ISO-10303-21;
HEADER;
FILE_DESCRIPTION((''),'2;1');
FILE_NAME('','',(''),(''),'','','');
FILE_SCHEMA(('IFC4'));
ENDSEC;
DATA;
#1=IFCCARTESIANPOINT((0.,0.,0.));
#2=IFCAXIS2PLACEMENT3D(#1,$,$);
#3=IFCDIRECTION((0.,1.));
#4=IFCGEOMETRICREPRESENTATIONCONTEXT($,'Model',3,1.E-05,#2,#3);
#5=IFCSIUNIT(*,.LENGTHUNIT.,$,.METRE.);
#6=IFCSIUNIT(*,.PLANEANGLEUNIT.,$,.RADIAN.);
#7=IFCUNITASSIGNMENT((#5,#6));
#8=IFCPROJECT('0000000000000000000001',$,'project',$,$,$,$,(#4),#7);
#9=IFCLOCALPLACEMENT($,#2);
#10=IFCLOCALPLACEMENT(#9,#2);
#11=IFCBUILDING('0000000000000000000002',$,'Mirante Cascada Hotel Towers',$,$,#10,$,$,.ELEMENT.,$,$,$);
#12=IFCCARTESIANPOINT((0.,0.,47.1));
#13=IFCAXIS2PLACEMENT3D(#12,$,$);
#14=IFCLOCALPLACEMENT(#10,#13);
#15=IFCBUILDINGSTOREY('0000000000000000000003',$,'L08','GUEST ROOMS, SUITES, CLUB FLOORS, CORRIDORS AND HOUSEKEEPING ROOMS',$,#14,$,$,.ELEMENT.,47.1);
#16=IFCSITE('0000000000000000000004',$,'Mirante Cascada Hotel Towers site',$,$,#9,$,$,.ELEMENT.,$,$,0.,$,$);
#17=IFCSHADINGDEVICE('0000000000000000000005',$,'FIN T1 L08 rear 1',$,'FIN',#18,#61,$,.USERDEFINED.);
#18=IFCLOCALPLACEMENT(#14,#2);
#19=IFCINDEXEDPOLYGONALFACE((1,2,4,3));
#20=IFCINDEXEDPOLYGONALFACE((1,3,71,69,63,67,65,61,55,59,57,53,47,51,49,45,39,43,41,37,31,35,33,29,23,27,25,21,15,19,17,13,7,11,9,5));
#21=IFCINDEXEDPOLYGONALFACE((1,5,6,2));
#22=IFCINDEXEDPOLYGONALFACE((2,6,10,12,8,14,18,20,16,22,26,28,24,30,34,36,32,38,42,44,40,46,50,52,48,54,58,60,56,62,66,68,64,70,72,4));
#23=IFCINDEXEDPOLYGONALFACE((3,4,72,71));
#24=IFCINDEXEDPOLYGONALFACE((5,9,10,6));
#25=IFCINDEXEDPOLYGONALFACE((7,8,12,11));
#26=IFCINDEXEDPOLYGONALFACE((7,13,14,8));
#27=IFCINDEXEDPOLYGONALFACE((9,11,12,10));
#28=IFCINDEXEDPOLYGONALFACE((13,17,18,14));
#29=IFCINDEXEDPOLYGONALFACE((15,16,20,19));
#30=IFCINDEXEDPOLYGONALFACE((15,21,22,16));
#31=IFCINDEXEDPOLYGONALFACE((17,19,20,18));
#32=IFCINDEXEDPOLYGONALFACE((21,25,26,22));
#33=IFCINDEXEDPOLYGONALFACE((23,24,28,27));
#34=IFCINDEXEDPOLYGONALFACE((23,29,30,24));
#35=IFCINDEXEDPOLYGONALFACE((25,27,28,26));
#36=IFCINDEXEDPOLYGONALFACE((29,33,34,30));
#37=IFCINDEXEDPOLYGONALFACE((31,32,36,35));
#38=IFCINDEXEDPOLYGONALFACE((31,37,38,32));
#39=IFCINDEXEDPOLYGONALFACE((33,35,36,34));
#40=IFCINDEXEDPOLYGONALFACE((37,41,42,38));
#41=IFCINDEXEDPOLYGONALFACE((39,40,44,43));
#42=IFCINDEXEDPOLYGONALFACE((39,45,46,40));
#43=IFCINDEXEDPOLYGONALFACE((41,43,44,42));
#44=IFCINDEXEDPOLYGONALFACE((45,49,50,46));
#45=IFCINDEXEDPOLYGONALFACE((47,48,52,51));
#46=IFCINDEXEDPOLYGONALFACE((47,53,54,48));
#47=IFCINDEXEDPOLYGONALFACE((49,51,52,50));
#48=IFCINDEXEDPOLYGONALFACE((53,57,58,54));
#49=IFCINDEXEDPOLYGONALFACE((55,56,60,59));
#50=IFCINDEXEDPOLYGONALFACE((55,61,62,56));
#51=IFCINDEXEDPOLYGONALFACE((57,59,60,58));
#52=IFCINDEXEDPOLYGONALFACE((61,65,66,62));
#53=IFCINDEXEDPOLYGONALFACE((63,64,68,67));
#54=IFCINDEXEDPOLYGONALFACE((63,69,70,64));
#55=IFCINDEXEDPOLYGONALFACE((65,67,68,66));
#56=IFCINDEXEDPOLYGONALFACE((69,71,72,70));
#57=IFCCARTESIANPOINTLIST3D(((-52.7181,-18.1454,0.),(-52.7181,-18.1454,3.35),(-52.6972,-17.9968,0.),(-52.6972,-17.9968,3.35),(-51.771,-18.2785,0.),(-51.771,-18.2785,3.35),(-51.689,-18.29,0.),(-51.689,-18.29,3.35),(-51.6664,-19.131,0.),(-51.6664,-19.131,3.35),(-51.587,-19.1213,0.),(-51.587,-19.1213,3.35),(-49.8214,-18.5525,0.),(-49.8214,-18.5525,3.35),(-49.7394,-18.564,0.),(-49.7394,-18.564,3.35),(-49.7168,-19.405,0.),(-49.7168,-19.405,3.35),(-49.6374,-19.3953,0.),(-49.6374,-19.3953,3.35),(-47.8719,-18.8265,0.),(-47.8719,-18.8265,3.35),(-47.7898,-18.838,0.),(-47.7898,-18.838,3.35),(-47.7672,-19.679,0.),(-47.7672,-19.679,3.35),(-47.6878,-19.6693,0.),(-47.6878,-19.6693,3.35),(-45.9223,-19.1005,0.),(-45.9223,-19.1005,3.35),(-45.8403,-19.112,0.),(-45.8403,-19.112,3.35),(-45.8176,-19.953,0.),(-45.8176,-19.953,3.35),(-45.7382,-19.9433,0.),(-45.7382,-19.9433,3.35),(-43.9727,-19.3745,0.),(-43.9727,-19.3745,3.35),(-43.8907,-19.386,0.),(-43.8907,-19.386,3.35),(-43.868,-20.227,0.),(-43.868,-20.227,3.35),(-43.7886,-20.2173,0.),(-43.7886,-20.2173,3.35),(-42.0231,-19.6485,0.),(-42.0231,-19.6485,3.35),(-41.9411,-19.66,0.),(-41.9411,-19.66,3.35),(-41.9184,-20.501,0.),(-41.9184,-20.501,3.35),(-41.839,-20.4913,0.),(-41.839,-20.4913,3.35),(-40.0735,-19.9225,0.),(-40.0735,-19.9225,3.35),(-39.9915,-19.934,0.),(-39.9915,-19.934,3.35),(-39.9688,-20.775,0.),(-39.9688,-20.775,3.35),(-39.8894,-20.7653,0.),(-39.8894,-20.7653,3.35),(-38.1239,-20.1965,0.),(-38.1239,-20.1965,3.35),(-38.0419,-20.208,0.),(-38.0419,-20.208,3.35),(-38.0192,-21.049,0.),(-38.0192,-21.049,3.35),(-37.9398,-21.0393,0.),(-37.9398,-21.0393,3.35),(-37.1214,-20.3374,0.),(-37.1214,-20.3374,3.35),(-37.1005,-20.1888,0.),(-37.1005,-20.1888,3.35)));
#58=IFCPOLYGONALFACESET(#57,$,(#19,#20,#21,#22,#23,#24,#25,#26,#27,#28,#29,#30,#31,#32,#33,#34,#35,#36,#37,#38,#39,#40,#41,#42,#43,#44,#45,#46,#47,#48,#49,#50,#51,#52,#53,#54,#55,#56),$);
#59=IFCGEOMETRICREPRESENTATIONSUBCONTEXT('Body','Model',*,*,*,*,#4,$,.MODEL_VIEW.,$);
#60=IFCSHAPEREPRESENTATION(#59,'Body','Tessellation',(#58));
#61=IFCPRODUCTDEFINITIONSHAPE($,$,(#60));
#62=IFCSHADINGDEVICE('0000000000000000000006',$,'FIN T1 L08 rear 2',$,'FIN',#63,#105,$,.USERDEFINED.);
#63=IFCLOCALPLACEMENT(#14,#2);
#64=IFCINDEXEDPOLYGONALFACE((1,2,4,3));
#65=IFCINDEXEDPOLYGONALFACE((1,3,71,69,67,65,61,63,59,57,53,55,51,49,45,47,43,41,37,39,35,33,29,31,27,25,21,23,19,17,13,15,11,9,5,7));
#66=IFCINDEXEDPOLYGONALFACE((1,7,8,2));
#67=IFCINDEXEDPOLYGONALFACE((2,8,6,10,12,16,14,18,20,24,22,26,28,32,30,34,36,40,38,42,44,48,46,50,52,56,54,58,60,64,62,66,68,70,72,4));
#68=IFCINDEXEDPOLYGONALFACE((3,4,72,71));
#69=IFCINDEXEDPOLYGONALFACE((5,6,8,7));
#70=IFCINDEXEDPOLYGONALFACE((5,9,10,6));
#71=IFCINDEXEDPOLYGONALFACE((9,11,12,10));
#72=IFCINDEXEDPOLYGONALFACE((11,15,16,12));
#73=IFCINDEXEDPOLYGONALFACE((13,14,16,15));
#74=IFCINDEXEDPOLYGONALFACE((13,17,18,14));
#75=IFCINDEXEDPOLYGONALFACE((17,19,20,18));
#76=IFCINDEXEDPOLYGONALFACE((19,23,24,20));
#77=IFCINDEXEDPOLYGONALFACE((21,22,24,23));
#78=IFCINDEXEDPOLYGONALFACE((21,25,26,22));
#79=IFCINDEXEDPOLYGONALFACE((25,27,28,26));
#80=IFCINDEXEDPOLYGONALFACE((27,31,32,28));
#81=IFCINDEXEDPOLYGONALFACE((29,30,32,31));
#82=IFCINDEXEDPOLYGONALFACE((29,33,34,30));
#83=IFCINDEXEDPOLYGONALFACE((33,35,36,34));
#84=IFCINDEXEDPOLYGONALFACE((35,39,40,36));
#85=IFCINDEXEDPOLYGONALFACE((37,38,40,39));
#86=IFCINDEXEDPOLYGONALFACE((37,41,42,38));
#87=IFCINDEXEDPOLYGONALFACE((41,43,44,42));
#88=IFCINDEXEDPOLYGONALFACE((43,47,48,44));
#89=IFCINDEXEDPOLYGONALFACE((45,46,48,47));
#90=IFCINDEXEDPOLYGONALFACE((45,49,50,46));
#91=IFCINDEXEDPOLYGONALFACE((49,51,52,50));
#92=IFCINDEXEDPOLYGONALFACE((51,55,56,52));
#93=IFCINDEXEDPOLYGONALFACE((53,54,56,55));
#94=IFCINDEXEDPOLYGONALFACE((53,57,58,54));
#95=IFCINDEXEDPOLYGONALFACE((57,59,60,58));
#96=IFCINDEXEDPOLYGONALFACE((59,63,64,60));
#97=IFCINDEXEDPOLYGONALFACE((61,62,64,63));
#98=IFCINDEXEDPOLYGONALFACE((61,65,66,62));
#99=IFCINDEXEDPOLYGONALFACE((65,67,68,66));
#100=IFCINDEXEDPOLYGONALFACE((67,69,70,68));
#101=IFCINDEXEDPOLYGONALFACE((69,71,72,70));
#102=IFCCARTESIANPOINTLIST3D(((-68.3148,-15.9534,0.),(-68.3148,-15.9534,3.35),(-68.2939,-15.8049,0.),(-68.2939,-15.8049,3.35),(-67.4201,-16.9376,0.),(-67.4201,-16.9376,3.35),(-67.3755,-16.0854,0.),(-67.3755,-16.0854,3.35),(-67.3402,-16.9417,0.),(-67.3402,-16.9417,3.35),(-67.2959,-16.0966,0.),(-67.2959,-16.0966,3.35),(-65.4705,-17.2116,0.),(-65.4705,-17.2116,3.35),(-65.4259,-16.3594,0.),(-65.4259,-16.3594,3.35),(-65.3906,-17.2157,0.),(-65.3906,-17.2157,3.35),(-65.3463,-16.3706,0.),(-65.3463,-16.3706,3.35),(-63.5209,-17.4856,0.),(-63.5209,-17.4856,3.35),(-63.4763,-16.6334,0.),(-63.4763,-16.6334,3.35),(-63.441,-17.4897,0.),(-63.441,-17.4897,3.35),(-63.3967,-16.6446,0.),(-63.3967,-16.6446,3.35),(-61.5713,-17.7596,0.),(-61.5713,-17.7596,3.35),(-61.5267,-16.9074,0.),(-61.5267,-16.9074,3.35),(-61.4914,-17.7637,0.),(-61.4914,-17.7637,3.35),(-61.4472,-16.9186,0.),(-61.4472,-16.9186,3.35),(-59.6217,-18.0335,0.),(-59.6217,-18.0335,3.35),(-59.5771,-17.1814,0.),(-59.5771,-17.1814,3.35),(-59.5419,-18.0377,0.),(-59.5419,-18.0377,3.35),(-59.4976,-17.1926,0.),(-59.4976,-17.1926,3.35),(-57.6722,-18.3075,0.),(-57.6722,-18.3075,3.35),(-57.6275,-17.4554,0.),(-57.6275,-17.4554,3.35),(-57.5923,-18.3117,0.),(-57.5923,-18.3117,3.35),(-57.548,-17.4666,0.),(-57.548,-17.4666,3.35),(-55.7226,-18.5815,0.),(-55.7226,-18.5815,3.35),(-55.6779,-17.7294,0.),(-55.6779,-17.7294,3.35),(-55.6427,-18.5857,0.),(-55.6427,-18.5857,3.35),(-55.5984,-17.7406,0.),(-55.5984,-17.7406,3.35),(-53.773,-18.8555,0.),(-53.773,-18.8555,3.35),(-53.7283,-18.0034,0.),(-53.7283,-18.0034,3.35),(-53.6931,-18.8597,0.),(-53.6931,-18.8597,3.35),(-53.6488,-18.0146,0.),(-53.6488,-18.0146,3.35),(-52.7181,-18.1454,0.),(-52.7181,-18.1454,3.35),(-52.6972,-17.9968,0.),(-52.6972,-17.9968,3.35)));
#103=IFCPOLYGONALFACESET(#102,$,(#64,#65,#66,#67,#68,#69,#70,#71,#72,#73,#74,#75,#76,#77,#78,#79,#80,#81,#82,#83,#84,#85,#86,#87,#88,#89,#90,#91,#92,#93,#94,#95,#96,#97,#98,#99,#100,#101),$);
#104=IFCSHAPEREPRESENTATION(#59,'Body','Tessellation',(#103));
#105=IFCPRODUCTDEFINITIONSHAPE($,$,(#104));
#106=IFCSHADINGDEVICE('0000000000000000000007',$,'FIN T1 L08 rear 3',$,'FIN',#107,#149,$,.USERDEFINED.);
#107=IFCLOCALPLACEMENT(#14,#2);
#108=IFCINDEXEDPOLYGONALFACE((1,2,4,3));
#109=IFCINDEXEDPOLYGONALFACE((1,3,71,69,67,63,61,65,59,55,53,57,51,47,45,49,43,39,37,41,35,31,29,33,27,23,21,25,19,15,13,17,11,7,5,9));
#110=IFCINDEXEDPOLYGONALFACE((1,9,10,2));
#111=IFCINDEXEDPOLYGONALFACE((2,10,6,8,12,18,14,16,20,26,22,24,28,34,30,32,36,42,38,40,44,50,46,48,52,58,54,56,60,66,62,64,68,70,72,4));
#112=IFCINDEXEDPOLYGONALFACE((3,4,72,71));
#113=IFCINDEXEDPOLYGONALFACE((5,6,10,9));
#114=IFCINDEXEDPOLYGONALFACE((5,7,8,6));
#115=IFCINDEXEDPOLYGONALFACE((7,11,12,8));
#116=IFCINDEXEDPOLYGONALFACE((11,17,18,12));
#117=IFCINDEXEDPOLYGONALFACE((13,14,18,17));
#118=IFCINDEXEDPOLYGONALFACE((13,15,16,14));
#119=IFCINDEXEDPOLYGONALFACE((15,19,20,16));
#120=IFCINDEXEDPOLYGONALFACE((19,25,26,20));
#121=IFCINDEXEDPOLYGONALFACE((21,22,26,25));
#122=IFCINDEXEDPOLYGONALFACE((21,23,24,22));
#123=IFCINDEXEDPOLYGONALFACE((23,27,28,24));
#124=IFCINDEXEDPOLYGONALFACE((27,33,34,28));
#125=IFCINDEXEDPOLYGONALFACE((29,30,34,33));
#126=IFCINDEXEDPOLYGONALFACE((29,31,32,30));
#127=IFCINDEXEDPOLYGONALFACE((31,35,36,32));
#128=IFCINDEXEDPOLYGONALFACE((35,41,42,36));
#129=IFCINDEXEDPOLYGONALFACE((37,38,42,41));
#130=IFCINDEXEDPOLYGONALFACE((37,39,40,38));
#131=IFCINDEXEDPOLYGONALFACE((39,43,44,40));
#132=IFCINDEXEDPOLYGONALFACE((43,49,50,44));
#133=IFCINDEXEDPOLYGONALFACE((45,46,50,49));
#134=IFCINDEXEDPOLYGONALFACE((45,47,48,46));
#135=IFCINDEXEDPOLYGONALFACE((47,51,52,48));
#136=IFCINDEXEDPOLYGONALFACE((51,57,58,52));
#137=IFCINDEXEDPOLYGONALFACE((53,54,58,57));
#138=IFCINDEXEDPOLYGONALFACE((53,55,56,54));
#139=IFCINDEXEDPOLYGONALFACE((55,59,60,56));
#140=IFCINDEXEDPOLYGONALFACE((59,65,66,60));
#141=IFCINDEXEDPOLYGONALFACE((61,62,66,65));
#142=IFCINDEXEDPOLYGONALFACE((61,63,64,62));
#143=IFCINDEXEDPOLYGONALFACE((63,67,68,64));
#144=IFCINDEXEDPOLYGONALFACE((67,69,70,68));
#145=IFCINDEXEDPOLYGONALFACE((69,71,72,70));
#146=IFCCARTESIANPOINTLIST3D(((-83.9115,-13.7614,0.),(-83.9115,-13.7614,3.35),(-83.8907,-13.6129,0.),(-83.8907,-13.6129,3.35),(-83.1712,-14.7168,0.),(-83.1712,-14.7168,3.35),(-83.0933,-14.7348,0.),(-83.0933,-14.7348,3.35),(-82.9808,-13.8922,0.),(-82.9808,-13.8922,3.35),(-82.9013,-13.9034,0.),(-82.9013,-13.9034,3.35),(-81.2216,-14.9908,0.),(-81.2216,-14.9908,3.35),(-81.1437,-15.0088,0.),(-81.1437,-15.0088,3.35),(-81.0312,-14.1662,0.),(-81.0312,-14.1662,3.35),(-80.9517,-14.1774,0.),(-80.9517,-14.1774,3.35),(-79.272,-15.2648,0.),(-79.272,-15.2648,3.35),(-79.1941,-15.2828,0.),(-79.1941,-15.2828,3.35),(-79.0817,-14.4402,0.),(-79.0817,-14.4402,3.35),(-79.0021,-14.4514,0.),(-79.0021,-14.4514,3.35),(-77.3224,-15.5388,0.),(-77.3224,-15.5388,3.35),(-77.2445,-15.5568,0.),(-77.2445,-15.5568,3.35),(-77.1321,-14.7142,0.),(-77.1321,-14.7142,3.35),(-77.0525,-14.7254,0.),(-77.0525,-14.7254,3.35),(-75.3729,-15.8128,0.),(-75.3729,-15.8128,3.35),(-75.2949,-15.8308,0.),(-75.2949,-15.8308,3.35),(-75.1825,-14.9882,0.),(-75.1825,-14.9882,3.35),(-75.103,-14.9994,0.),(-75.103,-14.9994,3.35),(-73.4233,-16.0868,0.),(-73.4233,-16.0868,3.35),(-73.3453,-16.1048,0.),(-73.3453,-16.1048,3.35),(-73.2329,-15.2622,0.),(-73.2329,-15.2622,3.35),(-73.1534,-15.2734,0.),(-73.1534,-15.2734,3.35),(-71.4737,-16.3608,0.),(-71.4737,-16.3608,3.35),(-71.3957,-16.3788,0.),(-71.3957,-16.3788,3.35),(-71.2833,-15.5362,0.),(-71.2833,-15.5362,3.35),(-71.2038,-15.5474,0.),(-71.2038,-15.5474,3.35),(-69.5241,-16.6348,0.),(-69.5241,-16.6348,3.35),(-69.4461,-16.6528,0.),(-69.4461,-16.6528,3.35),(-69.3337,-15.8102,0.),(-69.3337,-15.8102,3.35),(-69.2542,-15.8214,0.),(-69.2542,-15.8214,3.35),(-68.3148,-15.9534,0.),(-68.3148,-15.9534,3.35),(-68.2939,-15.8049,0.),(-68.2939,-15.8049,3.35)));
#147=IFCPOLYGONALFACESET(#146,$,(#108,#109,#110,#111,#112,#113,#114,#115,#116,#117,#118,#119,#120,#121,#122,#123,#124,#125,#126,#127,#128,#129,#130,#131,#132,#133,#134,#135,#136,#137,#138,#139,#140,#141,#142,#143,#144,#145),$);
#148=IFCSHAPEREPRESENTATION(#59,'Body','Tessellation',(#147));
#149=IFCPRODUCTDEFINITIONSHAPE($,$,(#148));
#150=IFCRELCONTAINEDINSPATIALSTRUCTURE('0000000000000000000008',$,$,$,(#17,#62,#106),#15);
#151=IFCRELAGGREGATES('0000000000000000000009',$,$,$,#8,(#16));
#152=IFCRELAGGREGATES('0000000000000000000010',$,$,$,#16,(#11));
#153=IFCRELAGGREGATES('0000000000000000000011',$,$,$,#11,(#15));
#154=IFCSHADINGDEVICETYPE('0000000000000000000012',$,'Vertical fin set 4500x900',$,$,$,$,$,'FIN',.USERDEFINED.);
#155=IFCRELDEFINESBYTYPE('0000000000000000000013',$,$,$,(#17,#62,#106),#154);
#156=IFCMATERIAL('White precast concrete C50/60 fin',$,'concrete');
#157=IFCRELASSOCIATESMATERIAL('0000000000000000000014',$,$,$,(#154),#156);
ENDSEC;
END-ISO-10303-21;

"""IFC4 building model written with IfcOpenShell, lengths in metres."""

from ifc_helpers import new_model, si_unit, direction, frame, origin, place, context, subcontext, project, spatial, polyline, outline, extrude, material, type_object, element, save


model = new_model("IFC4")

# Units and contexts
model_context = context("Model", 3, precision=1e-05, world=origin(), true_north=direction((0.0, 1.0)))
body_context = subcontext(model_context, "Body", "Model", "MODEL_VIEW")
ifc_project = project(units=[si_unit("LENGTHUNIT", "METRE"), si_unit("PLANEANGLEUNIT", "RADIAN")], contexts=[model_context])

# Site, building, storey
site_placement = place(None, origin())
site = spatial("IfcSite", under=ifc_project, at=site_placement, Name="Mirante Cascada Hotel Towers site", CompositionType="ELEMENT", RefElevation=0.0)
building_placement = place(site_placement, origin())
building = spatial("IfcBuilding", under=site, at=building_placement, Name="Mirante Cascada Hotel Towers", CompositionType="ELEMENT")
storey_placement = place(building_placement, frame((0.0, 0.0, 47.1)))
storey = spatial("IfcBuildingStorey", under=building, at=storey_placement, Name="L08", Description="GUEST ROOMS, SUITES, CLUB FLOORS, CORRIDORS AND HOUSEKEEPING ROOMS", CompositionType="ELEMENT", Elevation=47.1)

# Shading devices
ifc_material_1 = material(Name="White precast concrete C50/60 fin", Category="concrete")
shading_device_type = type_object("IfcShadingDeviceType", Name="Vertical fin set 4500x900", ElementType="FIN", PredefinedType="USERDEFINED", material=ifc_material_1)
shading_device_1_placement = place(storey_placement, origin())
element("IfcShadingDevice", 1, at=shading_device_1_placement, inside=storey, type_object=shading_device_type, Name="FIN T1 L08 rear 1", ObjectType="FIN", PredefinedType="USERDEFINED", context=body_context, shape_type="SweptSolid", body=[
    extrude(outline(polyline([(-38.1239, -20.1965), (-39.9915, -19.934), (-39.8894, -20.7653), (-39.9688, -20.775), (-40.0735, -19.9225), (-41.9411, -19.66), (-41.839, -20.4913), (-41.9184, -20.501), (-42.0231, -19.6485), (-43.8907, -19.386), (-43.7886, -20.2173), (-43.868, -20.227), (-43.9727, -19.3745), (-45.8403, -19.112), (-45.7382, -19.9433), (-45.8176, -19.953), (-45.9223, -19.1005), (-47.7898, -18.838), (-47.6878, -19.6693), (-47.7672, -19.679), (-47.8719, -18.8265), (-49.7394, -18.564), (-49.6374, -19.3953), (-49.7168, -19.405), (-49.8214, -18.5525), (-51.689, -18.29), (-51.587, -19.1213), (-51.6664, -19.131), (-51.771, -18.2785), (-52.7181, -18.1454), (-52.6972, -17.9968), (-37.1005, -20.1888), (-37.1214, -20.3374), (-38.0419, -20.208), (-37.9398, -21.0393), (-38.0192, -21.049), (-38.1239, -20.1965)])), origin(), (0.0, 0.0, 1.0), 3.35),
])
shading_device_2_placement = place(storey_placement, origin())
element("IfcShadingDevice", 2, at=shading_device_2_placement, inside=storey, type_object=shading_device_type, Name="FIN T1 L08 rear 2", ObjectType="FIN", PredefinedType="USERDEFINED", context=body_context, shape_type="SweptSolid", body=[
    extrude(outline(polyline([(-53.7283, -18.0034), (-55.5984, -17.7406), (-55.6427, -18.5857), (-55.7226, -18.5815), (-55.6779, -17.7294), (-57.548, -17.4666), (-57.5923, -18.3117), (-57.6722, -18.3075), (-57.6275, -17.4554), (-59.4976, -17.1926), (-59.5419, -18.0377), (-59.6217, -18.0335), (-59.5771, -17.1814), (-61.4472, -16.9186), (-61.4914, -17.7637), (-61.5713, -17.7596), (-61.5267, -16.9074), (-63.3967, -16.6446), (-63.441, -17.4897), (-63.5209, -17.4856), (-63.4763, -16.6334), (-65.3463, -16.3706), (-65.3906, -17.2157), (-65.4705, -17.2116), (-65.4259, -16.3594), (-67.2959, -16.0966), (-67.3402, -16.9417), (-67.4201, -16.9376), (-67.3755, -16.0854), (-68.3148, -15.9534), (-68.2939, -15.8049), (-52.6972, -17.9968), (-52.7181, -18.1454), (-53.6488, -18.0146), (-53.6931, -18.8597), (-53.773, -18.8555), (-53.7283, -18.0034)])), origin(), (0.0, 0.0, 1.0), 3.35),
])
shading_device_3_placement = place(storey_placement, origin())
element("IfcShadingDevice", 3, at=shading_device_3_placement, inside=storey, type_object=shading_device_type, Name="FIN T1 L08 rear 3", ObjectType="FIN", PredefinedType="USERDEFINED", context=body_context, shape_type="SweptSolid", body=[
    extrude(outline(polyline([(-69.3337, -15.8102), (-71.2038, -15.5474), (-71.3957, -16.3788), (-71.4737, -16.3608), (-71.2833, -15.5362), (-73.1534, -15.2734), (-73.3453, -16.1048), (-73.4233, -16.0868), (-73.2329, -15.2622), (-75.103, -14.9994), (-75.2949, -15.8308), (-75.3729, -15.8128), (-75.1825, -14.9882), (-77.0525, -14.7254), (-77.2445, -15.5568), (-77.3224, -15.5388), (-77.1321, -14.7142), (-79.0021, -14.4514), (-79.1941, -15.2828), (-79.272, -15.2648), (-79.0817, -14.4402), (-80.9517, -14.1774), (-81.1437, -15.0088), (-81.2216, -14.9908), (-81.0312, -14.1662), (-82.9013, -13.9034), (-83.0933, -14.7348), (-83.1712, -14.7168), (-82.9808, -13.8922), (-83.9115, -13.7614), (-83.8907, -13.6129), (-68.2939, -15.8049), (-68.3148, -15.9534), (-69.2542, -15.8214), (-69.4461, -16.6528), (-69.5241, -16.6348), (-69.3337, -15.8102)])), origin(), (0.0, 0.0, 1.0), 3.35),
])

save(model, "model.ifc")
